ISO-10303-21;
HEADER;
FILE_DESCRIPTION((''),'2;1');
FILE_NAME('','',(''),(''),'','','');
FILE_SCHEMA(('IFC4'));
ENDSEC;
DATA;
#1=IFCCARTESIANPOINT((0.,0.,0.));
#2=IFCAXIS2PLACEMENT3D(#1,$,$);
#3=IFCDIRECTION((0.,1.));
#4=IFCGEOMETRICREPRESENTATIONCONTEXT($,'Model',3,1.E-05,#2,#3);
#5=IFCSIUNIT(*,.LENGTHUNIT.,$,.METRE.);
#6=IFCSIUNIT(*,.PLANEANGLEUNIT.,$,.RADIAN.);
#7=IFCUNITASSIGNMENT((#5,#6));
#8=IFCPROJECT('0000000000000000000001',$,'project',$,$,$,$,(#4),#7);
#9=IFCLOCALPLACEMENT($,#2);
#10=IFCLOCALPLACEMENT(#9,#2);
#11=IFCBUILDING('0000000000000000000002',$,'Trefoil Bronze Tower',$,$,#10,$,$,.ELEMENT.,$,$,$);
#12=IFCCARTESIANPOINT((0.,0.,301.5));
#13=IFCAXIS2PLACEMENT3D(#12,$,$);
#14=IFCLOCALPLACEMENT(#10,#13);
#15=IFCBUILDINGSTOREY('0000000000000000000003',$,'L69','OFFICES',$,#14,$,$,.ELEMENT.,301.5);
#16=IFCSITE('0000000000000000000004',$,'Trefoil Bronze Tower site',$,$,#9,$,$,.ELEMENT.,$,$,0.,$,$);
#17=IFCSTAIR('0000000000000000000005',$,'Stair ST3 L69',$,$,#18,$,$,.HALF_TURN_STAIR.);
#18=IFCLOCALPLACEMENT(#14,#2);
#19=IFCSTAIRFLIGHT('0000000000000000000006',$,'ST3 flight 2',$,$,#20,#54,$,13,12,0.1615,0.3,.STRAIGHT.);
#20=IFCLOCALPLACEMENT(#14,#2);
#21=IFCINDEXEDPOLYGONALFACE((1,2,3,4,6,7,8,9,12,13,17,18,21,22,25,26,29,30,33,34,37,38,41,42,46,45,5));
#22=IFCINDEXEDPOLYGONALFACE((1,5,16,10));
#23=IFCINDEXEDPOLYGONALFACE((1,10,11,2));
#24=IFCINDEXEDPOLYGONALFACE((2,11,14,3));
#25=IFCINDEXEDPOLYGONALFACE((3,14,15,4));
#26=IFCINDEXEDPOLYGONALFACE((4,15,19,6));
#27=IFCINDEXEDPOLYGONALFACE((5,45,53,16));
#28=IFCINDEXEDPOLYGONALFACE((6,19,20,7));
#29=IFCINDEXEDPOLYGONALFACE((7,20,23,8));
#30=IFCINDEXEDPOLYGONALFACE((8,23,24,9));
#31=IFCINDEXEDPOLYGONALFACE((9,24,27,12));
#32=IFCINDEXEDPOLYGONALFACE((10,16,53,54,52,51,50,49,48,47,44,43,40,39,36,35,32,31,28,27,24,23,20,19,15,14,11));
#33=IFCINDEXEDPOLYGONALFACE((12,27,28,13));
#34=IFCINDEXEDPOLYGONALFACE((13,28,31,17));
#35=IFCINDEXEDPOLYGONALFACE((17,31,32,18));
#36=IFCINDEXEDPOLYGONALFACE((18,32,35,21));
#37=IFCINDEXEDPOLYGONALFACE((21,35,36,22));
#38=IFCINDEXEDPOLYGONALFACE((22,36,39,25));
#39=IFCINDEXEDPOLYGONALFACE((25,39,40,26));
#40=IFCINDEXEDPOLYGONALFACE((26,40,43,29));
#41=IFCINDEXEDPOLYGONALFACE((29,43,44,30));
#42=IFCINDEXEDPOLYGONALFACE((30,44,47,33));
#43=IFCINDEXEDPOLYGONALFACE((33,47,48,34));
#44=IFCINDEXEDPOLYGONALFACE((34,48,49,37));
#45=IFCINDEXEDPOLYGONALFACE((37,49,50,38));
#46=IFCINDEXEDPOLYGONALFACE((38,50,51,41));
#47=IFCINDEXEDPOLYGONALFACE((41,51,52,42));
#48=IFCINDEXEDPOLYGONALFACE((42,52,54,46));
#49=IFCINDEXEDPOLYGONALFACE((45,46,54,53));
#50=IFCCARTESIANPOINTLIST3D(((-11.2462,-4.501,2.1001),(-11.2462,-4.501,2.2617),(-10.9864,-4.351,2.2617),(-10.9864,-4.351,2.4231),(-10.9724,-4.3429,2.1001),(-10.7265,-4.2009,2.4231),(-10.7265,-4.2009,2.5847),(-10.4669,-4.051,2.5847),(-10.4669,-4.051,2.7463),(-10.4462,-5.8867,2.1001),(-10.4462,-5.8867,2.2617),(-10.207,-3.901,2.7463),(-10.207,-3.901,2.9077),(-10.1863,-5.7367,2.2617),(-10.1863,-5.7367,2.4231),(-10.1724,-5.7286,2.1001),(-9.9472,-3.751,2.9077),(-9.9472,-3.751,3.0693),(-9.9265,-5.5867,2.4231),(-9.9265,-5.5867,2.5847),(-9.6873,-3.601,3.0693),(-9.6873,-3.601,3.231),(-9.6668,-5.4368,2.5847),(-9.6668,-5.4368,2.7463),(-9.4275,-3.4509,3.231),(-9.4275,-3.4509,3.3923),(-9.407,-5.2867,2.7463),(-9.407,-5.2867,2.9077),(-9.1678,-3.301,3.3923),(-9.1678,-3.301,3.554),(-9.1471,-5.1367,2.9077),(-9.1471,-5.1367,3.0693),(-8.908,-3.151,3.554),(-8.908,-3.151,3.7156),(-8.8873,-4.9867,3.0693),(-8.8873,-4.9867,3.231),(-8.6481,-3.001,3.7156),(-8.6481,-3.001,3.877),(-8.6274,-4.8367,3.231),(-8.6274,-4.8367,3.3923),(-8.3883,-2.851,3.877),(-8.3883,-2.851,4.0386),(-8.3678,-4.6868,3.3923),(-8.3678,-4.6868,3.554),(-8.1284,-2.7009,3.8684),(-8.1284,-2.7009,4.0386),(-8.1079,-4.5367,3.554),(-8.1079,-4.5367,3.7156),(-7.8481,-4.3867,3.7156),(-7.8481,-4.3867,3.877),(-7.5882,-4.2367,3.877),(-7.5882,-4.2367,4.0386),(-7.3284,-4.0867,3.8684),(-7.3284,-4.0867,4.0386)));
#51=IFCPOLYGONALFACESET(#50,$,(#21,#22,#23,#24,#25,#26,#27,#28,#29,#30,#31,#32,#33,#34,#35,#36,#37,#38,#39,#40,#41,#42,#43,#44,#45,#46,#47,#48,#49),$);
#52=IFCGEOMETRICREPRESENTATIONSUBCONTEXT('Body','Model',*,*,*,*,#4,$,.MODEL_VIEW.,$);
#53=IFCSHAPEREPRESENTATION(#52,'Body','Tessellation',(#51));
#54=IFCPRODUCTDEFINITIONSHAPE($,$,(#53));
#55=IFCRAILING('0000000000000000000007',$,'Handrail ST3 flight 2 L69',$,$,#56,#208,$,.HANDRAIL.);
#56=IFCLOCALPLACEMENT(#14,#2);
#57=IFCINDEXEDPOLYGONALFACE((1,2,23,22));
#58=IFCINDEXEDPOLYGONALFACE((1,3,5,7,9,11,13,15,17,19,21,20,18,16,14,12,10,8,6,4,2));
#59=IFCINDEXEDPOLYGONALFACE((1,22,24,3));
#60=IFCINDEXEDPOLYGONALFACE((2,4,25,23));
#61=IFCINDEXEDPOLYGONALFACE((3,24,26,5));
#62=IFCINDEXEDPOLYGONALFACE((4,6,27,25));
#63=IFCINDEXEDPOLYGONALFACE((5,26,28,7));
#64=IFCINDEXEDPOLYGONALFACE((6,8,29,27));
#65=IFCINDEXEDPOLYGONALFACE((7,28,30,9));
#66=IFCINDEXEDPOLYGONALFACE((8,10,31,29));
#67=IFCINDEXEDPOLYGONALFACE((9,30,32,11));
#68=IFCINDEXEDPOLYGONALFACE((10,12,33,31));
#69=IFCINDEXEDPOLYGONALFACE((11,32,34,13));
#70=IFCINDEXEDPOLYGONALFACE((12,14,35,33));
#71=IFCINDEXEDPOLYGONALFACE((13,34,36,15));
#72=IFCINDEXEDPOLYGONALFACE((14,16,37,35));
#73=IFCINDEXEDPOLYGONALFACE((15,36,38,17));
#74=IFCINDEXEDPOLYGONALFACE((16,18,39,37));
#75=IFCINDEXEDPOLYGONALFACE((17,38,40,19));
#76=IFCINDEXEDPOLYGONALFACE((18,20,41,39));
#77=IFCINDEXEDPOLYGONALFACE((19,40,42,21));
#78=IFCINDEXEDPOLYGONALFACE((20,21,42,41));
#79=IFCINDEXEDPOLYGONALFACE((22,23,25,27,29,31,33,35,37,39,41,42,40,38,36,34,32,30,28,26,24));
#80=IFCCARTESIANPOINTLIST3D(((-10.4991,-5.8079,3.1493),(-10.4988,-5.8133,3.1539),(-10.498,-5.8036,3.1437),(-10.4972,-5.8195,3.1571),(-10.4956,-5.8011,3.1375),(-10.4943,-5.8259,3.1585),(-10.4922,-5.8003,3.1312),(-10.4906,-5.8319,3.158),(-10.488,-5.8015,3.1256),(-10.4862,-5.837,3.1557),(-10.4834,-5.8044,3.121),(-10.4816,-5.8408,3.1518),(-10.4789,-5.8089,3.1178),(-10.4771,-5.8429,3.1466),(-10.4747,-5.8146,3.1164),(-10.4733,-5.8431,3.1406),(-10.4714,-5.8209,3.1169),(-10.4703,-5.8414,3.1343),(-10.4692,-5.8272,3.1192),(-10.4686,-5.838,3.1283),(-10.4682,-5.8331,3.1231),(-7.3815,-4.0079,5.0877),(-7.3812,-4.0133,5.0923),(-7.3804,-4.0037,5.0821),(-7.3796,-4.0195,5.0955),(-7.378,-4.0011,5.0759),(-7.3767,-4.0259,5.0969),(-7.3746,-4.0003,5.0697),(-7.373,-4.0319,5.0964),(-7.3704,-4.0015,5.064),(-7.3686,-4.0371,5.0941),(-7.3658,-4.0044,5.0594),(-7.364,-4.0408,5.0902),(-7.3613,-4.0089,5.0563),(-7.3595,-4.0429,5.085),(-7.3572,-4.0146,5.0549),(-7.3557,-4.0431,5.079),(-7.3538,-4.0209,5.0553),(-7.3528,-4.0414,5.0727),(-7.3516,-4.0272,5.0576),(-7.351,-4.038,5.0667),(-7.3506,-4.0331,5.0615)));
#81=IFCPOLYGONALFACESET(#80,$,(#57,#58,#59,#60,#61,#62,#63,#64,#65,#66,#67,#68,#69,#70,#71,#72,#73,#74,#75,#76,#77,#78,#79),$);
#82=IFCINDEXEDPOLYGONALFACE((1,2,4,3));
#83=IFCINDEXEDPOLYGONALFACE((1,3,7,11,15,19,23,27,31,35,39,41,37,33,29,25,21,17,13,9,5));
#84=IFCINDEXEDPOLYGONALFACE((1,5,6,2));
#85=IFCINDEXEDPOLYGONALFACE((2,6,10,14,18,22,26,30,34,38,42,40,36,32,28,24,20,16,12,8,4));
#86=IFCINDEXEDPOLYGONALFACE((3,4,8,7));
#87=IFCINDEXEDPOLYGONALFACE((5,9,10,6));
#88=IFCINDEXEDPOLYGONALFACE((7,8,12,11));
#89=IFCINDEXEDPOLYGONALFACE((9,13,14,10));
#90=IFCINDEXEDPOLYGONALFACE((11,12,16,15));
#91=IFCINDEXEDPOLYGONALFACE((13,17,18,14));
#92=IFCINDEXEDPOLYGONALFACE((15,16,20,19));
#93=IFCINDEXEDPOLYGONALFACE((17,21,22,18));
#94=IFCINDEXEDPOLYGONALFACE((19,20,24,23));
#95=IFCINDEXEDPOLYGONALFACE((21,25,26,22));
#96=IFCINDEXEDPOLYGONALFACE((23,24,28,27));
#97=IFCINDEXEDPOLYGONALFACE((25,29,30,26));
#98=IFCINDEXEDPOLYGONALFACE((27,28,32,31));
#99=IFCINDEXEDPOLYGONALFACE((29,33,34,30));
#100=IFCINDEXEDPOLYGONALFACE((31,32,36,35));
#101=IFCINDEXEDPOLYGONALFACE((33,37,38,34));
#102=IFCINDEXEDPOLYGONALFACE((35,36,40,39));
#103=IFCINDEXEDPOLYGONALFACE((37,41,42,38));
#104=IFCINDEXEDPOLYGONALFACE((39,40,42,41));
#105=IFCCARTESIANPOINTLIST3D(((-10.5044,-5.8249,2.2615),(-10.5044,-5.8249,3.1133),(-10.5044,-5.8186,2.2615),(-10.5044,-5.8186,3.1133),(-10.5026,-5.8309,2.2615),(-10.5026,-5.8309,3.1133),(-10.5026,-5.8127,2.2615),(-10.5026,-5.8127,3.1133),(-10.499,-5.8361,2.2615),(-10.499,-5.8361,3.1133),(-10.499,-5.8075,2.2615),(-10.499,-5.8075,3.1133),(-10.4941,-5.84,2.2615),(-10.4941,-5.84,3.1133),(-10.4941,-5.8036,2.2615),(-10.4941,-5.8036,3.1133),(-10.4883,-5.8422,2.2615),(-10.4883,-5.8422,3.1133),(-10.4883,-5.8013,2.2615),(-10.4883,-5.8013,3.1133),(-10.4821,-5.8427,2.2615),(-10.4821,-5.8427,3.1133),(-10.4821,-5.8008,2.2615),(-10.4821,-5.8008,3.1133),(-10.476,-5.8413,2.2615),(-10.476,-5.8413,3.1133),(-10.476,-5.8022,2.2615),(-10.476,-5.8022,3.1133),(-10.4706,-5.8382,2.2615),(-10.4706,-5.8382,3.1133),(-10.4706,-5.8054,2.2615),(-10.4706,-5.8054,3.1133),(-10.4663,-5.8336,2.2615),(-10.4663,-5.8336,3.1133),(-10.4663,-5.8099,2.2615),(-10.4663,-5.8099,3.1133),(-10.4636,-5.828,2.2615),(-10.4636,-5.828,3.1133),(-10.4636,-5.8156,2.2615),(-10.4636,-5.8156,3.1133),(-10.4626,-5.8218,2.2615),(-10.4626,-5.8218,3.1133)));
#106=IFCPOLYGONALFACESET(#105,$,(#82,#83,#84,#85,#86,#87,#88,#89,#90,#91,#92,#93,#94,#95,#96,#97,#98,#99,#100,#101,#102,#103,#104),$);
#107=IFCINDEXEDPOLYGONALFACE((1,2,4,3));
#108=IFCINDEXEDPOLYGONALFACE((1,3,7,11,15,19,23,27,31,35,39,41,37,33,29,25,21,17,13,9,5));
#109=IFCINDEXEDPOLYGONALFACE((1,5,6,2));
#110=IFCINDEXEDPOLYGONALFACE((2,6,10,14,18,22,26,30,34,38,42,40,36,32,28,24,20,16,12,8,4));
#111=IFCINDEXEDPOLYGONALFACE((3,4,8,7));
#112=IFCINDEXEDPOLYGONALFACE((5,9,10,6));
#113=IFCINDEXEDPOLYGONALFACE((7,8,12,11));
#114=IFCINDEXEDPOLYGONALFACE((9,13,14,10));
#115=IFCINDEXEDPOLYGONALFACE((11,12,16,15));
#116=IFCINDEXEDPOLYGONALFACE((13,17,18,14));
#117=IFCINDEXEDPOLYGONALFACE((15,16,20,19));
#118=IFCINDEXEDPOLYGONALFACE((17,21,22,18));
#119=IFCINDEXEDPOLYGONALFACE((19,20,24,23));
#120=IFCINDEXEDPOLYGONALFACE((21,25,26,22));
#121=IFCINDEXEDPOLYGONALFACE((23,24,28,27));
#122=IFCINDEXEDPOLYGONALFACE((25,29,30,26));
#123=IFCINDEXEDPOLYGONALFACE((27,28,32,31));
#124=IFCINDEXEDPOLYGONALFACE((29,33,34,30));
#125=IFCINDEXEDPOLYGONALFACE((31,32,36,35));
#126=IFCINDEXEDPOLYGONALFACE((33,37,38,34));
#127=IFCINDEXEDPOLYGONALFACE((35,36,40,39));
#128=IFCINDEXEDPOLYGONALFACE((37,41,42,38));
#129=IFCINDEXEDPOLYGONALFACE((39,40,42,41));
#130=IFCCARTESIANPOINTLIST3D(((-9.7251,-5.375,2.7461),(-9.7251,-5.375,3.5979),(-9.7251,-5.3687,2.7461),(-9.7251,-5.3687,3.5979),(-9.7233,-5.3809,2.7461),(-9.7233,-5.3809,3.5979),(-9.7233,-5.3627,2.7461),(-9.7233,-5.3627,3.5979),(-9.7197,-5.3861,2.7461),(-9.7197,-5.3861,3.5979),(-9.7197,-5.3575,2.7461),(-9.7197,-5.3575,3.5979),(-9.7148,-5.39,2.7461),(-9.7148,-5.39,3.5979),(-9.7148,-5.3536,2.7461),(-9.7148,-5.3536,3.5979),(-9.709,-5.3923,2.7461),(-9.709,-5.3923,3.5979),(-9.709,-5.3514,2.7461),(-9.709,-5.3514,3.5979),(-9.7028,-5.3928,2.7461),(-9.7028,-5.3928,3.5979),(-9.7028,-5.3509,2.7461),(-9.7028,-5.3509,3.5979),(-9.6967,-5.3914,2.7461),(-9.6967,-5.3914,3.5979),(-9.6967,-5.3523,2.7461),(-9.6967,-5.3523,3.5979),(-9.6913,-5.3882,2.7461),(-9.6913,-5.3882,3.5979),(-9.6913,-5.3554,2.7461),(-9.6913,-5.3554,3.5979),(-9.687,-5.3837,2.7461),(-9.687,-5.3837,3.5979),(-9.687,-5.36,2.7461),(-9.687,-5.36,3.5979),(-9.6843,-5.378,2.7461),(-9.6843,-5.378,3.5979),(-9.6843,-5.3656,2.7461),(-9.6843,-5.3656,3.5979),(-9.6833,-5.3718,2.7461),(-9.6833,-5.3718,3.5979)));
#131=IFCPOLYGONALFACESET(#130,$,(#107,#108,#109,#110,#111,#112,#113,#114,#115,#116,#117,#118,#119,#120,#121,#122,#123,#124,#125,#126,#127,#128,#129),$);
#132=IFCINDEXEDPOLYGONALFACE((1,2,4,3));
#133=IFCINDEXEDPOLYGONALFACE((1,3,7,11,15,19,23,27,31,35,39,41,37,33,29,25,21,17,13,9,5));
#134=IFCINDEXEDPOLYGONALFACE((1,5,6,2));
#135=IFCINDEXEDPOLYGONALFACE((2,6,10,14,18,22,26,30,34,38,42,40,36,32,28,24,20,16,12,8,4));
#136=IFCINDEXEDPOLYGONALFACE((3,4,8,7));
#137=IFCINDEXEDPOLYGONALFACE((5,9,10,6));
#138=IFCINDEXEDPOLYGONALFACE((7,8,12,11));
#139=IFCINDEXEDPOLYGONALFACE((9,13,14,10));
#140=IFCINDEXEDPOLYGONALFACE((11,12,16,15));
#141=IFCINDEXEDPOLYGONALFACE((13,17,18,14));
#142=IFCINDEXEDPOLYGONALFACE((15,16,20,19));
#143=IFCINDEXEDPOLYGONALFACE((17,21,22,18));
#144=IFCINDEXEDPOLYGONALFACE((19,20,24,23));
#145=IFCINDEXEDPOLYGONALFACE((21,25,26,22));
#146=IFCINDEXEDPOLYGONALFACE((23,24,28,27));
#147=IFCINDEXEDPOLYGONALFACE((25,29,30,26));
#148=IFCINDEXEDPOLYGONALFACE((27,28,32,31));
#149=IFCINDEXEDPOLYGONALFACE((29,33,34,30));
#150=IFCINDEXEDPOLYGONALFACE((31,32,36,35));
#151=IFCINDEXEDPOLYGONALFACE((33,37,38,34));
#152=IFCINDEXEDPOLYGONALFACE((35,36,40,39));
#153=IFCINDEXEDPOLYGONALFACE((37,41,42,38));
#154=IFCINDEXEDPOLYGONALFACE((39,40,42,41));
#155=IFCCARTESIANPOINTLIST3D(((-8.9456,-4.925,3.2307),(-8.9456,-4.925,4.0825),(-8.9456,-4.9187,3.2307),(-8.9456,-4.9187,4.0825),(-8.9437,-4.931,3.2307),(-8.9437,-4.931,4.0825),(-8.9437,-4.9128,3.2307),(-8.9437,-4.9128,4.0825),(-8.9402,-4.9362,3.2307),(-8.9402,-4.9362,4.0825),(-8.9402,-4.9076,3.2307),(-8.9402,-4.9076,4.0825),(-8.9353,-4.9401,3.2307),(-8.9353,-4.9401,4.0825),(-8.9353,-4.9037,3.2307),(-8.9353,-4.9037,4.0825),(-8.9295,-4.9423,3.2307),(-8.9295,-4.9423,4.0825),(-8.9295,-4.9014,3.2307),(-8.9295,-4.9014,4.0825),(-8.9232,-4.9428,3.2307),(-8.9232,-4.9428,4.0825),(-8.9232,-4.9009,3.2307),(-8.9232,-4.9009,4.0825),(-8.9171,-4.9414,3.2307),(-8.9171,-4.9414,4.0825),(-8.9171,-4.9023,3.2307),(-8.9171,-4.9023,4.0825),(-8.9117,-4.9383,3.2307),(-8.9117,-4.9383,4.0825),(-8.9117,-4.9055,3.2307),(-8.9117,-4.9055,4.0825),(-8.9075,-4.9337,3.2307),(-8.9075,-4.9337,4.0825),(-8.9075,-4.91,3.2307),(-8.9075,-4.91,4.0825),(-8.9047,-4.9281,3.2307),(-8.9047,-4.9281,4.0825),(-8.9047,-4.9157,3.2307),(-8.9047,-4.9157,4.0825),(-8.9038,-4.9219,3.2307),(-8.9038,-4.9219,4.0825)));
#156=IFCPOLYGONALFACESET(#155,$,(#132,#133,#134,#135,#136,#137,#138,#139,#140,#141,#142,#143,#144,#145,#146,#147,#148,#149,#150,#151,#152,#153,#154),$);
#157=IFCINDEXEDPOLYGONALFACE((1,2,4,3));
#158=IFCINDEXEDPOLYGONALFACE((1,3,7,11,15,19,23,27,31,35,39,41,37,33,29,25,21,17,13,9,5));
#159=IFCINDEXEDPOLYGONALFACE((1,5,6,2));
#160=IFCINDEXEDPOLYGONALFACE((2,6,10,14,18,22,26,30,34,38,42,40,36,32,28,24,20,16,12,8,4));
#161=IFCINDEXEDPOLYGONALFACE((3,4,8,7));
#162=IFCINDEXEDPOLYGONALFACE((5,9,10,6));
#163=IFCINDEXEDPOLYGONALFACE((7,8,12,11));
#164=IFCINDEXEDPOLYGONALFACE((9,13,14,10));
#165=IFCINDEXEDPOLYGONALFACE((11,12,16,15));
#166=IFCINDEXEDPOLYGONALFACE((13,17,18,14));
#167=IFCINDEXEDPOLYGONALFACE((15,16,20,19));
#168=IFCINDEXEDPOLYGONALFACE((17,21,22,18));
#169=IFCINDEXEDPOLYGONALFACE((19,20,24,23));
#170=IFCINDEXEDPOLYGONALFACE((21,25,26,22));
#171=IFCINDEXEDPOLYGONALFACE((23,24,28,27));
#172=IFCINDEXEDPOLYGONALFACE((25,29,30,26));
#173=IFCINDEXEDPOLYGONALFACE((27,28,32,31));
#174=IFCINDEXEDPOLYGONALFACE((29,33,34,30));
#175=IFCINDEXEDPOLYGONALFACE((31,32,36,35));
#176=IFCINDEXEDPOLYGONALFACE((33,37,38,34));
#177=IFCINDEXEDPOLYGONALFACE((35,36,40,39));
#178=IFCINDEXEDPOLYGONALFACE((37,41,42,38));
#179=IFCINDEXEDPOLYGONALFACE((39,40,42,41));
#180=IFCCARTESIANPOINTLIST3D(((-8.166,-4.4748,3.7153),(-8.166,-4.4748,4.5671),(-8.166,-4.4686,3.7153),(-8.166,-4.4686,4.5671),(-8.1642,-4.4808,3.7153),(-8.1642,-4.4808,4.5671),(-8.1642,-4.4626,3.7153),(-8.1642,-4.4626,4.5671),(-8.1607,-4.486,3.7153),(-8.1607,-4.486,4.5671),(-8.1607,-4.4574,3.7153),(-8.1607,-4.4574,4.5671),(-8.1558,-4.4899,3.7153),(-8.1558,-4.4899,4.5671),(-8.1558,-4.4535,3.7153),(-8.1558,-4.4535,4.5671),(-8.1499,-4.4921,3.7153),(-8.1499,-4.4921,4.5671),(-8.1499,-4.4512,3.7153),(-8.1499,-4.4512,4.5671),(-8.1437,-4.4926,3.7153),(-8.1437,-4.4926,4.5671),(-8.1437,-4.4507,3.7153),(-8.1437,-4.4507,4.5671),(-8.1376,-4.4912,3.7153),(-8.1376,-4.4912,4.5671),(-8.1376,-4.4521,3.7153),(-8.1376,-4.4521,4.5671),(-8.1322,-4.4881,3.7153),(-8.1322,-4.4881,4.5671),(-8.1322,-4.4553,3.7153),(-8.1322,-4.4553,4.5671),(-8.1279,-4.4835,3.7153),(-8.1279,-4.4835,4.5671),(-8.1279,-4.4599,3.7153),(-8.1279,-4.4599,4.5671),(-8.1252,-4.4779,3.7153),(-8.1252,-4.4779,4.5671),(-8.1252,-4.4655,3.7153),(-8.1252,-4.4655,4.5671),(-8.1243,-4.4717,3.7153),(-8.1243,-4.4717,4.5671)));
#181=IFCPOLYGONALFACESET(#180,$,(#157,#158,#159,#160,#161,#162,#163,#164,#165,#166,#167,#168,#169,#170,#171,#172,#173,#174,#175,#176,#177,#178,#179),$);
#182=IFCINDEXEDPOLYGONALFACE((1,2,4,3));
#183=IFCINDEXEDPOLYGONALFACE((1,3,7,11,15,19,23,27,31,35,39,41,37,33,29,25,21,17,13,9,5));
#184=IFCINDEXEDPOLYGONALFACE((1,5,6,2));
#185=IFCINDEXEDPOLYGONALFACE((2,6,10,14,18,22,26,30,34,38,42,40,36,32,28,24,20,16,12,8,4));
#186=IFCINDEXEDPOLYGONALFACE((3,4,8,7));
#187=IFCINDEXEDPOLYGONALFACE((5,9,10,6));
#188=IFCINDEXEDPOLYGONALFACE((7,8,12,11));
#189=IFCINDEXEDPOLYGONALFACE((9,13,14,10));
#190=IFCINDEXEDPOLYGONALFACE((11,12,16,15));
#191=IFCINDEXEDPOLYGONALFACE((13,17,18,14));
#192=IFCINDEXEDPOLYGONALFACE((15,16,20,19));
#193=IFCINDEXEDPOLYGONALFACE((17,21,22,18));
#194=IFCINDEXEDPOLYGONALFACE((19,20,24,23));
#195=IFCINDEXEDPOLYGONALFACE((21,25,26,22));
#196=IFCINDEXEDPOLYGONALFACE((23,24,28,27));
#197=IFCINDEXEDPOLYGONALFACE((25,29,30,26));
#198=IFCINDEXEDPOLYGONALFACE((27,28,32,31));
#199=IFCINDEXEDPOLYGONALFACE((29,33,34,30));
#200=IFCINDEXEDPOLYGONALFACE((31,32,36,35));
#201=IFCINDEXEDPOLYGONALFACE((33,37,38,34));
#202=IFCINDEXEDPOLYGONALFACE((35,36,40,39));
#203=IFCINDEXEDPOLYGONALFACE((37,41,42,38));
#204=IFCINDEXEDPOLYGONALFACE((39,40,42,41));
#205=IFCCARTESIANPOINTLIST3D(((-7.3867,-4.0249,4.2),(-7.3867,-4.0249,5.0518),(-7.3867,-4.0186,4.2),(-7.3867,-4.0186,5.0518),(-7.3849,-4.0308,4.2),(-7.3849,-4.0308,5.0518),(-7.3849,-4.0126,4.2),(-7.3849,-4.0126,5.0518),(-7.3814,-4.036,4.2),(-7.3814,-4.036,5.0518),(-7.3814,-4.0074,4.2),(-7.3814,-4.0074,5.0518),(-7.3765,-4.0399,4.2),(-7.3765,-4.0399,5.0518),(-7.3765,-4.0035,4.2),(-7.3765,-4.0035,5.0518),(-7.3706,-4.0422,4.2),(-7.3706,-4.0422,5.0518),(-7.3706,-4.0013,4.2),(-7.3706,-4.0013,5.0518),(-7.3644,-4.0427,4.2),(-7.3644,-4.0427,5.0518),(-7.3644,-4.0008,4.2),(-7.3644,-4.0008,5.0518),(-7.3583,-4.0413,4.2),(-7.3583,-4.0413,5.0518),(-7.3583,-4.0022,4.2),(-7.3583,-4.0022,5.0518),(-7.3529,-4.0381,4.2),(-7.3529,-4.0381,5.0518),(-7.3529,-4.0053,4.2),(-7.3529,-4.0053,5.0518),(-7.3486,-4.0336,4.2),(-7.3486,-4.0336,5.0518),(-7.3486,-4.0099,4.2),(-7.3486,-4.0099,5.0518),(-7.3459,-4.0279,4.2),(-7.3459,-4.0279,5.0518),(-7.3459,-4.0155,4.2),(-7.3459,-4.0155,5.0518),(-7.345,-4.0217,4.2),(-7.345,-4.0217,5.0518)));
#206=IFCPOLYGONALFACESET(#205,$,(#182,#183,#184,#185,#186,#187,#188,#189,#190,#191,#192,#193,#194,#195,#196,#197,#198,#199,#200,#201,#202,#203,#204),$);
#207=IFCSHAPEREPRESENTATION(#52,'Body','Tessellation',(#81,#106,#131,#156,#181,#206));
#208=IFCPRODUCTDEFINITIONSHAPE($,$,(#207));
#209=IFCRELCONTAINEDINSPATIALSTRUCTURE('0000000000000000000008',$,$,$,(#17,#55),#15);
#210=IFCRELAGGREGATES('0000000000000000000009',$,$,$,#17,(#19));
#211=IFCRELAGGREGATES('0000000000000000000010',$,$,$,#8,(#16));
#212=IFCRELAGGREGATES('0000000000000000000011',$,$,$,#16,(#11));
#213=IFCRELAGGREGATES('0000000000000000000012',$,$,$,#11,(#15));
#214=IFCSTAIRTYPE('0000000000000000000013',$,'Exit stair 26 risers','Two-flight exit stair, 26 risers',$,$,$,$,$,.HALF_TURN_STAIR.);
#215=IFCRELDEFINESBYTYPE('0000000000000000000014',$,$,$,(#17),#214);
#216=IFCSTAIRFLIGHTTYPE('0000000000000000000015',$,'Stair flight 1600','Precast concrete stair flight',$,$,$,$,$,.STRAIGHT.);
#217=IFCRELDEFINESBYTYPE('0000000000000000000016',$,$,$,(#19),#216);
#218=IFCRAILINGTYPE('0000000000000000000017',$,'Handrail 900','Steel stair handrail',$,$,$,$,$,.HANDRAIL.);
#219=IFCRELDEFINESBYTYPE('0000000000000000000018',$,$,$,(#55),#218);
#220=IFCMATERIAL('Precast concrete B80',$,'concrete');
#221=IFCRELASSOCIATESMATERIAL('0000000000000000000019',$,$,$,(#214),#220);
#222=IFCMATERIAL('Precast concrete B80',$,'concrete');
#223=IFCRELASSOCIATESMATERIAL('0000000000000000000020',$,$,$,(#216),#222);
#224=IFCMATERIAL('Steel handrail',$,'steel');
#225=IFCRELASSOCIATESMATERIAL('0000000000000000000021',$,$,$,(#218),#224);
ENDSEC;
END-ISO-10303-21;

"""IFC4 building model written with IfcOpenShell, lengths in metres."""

from ifc_helpers import new_model, si_unit, direction, frame, origin, origin_2d, place, context, subcontext, project, spatial, polyline, circle, outline, extrude, material, type_object, element, aggregate, save


model = new_model("IFC4")

# Units and contexts
model_context = context("Model", 3, precision=1e-05, world=origin(), true_north=direction((0.0, 1.0)))
body_context = subcontext(model_context, "Body", "Model", "MODEL_VIEW")
ifc_project = project(units=[si_unit("LENGTHUNIT", "METRE"), si_unit("PLANEANGLEUNIT", "RADIAN")], contexts=[model_context])

# Site, building, storey
site_placement = place(None, origin())
site = spatial("IfcSite", under=ifc_project, at=site_placement, Name="Trefoil Bronze Tower site", CompositionType="ELEMENT", RefElevation=0.0)
building_placement = place(site_placement, origin())
building = spatial("IfcBuilding", under=site, at=building_placement, Name="Trefoil Bronze Tower", CompositionType="ELEMENT")
storey_placement = place(building_placement, frame((0.0, 0.0, 301.5)))
storey = spatial("IfcBuildingStorey", under=building, at=storey_placement, Name="L69", Description="OFFICES", CompositionType="ELEMENT", Elevation=301.5)

# Stair, stair flight
ifc_material_1 = material(Name="Precast concrete B80", Category="concrete")
stair_type = type_object("IfcStairType", Name="Exit stair 26 risers", Description="Two-flight exit stair, 26 risers", PredefinedType="HALF_TURN_STAIR", material=ifc_material_1)
stair_placement = place(storey_placement, origin())
stair = element("IfcStair", 1, at=stair_placement, inside=storey, type_object=stair_type, Name="Stair ST3 L69", PredefinedType="HALF_TURN_STAIR")
ifc_material_2 = material(Name="Precast concrete B80", Category="concrete")
stair_flight_type = type_object("IfcStairFlightType", Name="Stair flight 1600", Description="Precast concrete stair flight", PredefinedType="STRAIGHT", material=ifc_material_2)
stair_flight_1_placement = place(storey_placement, frame((-10.8462, -5.1938, 2.1001), z_axis=(0.0, 0.0, 1.0), x_axis=(0.866025, 0.5, 0.0)))
stair_flight_1 = element("IfcStairFlight", 2, at=stair_flight_1_placement, type_object=stair_flight_type, Name="ST3 flight 2", NumberOfRisers=13, NumberOfTreads=12, PredefinedType="STRAIGHT", RiserHeight=0.1615, TreadLength=0.3, context=body_context, shape_type="SweptSolid", body=[
    extrude(outline(polyline([(0.0, 0.0), (0.0, 0.1616), (0.3, 0.1616), (0.3, 0.323), (0.6001, 0.323), (0.6001, 0.4846), (0.8999, 0.4846), (0.8999, 0.6462), (1.2, 0.6462), (1.2, 0.8076), (1.5, 0.8076), (1.5, 0.9692), (1.8, 0.9692), (1.8, 1.1309), (2.1001, 1.1309), (2.1001, 1.2922), (2.3999, 1.2922), (2.3999, 1.4539), (2.7, 1.4539), (2.7, 1.6155), (3.0, 1.6155), (3.0, 1.7769), (3.3, 1.7769), (3.3, 1.9385), (3.6001, 1.9385), (3.6001, 2.1001), (3.6001, 1.7683), (0.3162, 0.0), (0.0, 0.0)])), frame((0.0, 0.8, 0.0), z_axis=(0.0, -1.0, 0.0), x_axis=(1.0, 0.0, 0.0)), (0.0, 0.0, 1.0), 1.6001),
])
aggregate(stair, [stair_flight_1])

# Railing
ifc_material_3 = material(Name="Steel handrail", Category="steel")
railing_type = type_object("IfcRailingType", Name="Handrail 900", Description="Steel stair handrail", PredefinedType="HANDRAIL", material=ifc_material_3)
railing_placement = place(storey_placement, frame((-10.4836, -5.8218, 2.2615)))
element("IfcRailing", 3, at=railing_placement, inside=storey, type_object=railing_type, Name="Handrail ST3 flight 2 L69", PredefinedType="HANDRAIL", context=body_context, shape_type="SweptSolid", body=[
    extrude(circle(Radius=0.0239, at=origin_2d()), frame((0.0, 0.0, 0.876), z_axis=(0.762503, 0.440246, 0.474102), x_axis=(-0.500012, 0.866018, 0.0)), (0.0, 0.0, 1.0), 4.0886),
    extrude(circle(Radius=0.021, at=origin_2d()), origin(), (0.0, 0.0, 1.0), 0.8518),
    extrude(circle(Radius=0.021, at=origin_2d()), frame((0.7793, 0.45, 0.4846)), (0.0, 0.0, 1.0), 0.8518),
    extrude(circle(Radius=0.021, at=origin_2d()), frame((1.5588, 0.8999, 0.9692)), (0.0, 0.0, 1.0), 0.8518),
    extrude(circle(Radius=0.021, at=origin_2d()), frame((2.3384, 1.3501, 1.4539)), (0.0, 0.0, 1.0), 0.8518),
    extrude(circle(Radius=0.021, at=origin_2d()), frame((3.1177, 1.8, 1.9385)), (0.0, 0.0, 1.0), 0.8518),
])

save(model, "model.ifc")
